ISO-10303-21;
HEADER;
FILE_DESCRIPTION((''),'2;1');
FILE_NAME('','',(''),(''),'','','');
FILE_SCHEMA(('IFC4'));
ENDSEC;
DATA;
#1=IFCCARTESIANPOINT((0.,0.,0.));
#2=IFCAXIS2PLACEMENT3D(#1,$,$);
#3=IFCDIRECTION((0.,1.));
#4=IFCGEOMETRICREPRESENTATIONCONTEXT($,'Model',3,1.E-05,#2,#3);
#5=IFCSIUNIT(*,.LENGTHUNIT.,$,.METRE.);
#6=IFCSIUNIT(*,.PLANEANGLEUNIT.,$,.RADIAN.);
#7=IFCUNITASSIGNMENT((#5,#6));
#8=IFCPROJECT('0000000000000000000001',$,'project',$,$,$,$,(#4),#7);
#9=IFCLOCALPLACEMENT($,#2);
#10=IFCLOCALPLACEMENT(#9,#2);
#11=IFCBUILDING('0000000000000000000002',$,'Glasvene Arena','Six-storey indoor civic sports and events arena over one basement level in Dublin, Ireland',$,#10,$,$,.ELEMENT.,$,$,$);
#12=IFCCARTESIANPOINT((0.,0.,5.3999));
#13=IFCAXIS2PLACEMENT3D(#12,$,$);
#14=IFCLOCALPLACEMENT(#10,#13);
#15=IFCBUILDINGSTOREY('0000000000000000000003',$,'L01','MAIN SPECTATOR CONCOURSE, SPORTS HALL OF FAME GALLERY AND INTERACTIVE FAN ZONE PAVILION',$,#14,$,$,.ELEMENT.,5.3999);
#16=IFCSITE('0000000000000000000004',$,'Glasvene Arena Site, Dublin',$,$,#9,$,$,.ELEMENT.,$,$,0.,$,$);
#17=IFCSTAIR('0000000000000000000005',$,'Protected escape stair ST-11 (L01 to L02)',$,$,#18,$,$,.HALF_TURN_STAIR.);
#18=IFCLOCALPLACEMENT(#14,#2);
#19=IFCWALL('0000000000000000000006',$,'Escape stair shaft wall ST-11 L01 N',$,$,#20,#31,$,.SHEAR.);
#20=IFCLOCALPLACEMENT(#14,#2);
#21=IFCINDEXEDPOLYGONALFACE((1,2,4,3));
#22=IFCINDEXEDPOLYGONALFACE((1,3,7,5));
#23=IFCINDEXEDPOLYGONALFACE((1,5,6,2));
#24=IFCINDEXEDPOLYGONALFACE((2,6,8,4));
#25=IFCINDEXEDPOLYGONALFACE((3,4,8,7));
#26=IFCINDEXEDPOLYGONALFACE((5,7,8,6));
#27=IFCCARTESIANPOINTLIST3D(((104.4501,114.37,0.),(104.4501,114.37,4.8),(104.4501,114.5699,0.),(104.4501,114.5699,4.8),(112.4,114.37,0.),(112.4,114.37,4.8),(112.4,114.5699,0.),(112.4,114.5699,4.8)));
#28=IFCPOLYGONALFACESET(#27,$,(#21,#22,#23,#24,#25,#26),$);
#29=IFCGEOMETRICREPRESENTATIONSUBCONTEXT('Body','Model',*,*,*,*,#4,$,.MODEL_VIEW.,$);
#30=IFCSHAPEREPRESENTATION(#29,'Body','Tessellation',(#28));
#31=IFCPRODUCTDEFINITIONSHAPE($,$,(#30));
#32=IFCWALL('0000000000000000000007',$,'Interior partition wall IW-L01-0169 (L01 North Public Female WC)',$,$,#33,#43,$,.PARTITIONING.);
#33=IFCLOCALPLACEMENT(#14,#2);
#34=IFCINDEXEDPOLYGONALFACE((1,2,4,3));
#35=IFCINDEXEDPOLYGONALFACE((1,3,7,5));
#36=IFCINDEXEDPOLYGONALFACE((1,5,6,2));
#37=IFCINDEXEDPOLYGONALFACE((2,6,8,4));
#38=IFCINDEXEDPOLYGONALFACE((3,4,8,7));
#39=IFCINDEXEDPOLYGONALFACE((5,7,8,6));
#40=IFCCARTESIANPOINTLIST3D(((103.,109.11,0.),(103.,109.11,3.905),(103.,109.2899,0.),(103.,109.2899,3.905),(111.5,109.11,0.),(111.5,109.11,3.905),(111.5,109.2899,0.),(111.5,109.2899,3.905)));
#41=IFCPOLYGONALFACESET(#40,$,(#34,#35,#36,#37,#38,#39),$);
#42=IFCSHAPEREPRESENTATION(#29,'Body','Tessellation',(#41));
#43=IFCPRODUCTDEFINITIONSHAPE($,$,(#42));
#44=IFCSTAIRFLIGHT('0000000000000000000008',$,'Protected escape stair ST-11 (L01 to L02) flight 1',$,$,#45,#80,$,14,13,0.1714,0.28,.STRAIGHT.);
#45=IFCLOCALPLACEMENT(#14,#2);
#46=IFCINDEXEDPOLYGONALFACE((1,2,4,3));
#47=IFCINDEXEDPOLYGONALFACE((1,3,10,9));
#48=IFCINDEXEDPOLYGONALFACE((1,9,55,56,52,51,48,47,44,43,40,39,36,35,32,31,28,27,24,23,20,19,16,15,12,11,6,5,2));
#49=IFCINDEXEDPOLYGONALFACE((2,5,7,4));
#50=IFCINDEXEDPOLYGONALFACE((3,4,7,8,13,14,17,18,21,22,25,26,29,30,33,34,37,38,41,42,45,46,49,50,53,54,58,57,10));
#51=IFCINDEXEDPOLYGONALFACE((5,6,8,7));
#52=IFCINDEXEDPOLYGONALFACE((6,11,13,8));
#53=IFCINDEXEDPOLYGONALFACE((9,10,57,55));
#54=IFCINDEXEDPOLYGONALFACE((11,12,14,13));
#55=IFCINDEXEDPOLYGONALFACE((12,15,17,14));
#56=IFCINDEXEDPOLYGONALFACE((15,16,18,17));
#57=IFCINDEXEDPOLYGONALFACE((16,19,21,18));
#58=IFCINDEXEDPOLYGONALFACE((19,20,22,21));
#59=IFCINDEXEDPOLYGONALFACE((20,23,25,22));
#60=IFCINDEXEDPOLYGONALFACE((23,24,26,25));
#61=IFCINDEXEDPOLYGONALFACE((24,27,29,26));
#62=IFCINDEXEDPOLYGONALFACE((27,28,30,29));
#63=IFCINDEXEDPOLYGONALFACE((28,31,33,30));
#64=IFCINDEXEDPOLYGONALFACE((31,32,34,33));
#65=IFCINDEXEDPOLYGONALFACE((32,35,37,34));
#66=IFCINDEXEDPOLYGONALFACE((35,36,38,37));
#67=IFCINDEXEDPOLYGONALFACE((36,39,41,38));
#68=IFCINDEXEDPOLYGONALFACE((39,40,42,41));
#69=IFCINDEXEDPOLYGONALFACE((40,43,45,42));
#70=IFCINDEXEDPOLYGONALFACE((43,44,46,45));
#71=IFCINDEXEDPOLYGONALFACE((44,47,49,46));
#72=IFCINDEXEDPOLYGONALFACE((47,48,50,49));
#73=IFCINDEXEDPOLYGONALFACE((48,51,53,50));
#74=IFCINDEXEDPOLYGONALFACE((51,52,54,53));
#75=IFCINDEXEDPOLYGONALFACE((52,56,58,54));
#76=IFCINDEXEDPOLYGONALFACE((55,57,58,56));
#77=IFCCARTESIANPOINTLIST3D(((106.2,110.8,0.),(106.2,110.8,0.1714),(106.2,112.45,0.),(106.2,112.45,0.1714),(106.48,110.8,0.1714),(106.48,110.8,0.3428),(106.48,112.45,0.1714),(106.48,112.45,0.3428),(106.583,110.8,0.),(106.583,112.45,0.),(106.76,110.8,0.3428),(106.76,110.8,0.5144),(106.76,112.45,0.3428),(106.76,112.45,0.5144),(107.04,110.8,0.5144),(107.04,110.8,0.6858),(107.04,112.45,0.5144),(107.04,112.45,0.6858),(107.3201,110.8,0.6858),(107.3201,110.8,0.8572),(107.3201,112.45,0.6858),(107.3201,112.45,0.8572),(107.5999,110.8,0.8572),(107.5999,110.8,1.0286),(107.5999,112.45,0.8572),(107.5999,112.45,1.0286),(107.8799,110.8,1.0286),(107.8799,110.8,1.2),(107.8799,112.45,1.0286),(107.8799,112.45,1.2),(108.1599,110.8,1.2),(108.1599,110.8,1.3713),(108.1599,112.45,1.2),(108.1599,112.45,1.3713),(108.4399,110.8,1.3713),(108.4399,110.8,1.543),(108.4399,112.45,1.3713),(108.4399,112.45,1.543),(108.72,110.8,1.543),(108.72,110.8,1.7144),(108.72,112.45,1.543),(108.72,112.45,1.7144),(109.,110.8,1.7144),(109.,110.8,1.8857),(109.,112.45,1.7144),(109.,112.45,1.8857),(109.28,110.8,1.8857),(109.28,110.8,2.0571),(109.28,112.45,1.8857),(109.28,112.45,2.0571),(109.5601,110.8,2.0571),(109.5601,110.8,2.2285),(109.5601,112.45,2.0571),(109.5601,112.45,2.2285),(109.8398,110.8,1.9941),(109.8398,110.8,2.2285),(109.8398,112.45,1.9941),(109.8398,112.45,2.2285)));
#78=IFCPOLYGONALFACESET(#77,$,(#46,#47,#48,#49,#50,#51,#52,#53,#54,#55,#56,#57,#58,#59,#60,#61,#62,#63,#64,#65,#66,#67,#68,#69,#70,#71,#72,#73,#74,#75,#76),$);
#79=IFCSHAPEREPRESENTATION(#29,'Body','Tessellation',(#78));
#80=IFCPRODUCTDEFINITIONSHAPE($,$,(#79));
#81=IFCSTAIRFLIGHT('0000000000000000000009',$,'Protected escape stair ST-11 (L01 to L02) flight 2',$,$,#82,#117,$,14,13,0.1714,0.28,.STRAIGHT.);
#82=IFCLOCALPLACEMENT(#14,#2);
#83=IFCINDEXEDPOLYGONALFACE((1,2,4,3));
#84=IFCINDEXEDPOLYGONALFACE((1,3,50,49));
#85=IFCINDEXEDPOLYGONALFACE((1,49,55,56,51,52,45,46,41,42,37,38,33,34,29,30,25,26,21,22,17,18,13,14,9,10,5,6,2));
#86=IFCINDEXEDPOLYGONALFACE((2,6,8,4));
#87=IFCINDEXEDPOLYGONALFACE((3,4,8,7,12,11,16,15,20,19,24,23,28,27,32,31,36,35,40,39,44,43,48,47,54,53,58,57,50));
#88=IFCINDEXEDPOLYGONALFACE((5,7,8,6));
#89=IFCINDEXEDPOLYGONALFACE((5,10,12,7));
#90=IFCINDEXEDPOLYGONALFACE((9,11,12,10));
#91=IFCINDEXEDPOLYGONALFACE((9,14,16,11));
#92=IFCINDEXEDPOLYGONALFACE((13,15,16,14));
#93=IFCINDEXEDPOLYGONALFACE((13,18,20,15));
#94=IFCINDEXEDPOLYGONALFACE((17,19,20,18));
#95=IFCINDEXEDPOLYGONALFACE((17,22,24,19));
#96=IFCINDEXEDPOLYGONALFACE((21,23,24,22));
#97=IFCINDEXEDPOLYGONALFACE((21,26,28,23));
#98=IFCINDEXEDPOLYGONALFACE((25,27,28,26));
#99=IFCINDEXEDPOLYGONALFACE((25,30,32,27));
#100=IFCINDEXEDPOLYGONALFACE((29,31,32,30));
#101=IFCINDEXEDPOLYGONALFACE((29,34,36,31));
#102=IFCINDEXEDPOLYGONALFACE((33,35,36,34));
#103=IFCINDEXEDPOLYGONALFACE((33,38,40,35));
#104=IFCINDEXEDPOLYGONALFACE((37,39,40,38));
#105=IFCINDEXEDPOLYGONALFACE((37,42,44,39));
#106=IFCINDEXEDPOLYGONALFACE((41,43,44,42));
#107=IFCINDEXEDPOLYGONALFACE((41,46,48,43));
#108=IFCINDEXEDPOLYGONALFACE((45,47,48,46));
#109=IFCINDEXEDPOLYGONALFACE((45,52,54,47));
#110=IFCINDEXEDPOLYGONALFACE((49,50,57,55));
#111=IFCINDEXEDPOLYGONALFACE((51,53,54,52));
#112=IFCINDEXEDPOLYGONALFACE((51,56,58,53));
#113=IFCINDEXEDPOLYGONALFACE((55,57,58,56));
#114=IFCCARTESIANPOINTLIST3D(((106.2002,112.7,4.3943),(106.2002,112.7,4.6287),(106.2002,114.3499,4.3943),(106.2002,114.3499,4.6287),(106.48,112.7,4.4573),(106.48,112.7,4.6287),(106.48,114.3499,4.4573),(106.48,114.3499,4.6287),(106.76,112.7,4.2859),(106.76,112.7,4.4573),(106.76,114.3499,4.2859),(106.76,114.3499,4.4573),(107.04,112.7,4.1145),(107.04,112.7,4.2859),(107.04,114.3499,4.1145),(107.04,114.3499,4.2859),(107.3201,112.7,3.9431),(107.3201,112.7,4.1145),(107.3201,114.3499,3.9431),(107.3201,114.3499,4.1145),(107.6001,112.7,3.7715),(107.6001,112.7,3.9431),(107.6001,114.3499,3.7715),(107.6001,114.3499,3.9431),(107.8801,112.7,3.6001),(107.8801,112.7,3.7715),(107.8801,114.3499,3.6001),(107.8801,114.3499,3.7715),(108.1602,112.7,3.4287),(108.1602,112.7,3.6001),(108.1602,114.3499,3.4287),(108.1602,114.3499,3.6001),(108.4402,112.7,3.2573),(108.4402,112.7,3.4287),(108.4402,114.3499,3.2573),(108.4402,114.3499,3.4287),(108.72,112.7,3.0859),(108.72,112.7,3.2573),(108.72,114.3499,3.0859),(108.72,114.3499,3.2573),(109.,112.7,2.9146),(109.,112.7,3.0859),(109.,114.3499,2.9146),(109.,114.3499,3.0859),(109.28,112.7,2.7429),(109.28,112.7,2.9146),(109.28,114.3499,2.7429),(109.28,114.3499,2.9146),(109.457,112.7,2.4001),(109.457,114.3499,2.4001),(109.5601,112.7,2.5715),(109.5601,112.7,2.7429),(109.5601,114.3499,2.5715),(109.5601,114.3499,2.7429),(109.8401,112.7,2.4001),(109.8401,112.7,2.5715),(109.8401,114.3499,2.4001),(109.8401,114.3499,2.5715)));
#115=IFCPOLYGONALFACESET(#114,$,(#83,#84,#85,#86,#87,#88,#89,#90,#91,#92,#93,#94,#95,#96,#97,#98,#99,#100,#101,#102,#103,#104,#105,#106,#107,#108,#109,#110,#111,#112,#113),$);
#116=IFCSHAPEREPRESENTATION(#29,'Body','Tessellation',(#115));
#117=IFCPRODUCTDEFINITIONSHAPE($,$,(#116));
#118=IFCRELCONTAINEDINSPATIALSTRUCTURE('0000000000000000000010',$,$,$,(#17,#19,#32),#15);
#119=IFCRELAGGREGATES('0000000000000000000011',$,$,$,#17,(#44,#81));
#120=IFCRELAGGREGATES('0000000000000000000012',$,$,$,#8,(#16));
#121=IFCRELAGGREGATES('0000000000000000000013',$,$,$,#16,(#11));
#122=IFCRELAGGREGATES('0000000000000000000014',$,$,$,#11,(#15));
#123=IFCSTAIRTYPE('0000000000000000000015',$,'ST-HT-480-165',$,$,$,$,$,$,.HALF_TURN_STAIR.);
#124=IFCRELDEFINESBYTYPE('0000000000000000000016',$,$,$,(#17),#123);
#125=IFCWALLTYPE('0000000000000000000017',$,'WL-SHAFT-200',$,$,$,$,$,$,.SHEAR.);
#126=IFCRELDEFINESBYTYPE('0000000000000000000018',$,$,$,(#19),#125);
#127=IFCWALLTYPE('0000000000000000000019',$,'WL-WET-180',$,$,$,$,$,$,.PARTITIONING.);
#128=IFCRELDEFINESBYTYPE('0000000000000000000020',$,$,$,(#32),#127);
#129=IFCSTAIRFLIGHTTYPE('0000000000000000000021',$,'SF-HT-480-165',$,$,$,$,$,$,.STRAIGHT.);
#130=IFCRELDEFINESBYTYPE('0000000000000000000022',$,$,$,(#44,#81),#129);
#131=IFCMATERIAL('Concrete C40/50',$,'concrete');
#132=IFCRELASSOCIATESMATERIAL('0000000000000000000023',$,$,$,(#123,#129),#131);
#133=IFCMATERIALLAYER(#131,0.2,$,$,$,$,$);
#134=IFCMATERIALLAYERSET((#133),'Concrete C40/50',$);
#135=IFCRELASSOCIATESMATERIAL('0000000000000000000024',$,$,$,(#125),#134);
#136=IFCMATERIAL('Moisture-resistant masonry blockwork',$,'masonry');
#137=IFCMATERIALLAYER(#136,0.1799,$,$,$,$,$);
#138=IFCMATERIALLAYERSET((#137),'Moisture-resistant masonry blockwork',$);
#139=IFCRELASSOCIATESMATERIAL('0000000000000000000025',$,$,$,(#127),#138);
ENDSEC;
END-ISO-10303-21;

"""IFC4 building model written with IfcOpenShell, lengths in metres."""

from ifc_helpers import new_model, si_unit, direction, frame, frame_2d, origin, place, context, subcontext, project, spatial, polyline, rectangle, outline, extrude, material, layer, layer_set, type_object, element, aggregate, save


model = new_model("IFC4")

# Units and contexts
model_context = context("Model", 3, precision=1e-05, world=origin(), true_north=direction((0.0, 1.0)))
body_context = subcontext(model_context, "Body", "Model", "MODEL_VIEW")
ifc_project = project(units=[si_unit("LENGTHUNIT", "METRE"), si_unit("PLANEANGLEUNIT", "RADIAN")], contexts=[model_context])

# Site, building, storey
site_placement = place(None, origin())
site = spatial("IfcSite", under=ifc_project, at=site_placement, Name="Glasvene Arena Site, Dublin", CompositionType="ELEMENT", RefElevation=0.0)
building_placement = place(site_placement, origin())
building = spatial("IfcBuilding", under=site, at=building_placement, Name="Glasvene Arena", Description="Six-storey indoor civic sports and events arena over one basement level in Dublin, Ireland", CompositionType="ELEMENT")
storey_placement = place(building_placement, frame((0.0, 0.0, 5.3999)))
storey = spatial("IfcBuildingStorey", under=building, at=storey_placement, Name="L01", Description="MAIN SPECTATOR CONCOURSE, SPORTS HALL OF FAME GALLERY AND INTERACTIVE FAN ZONE PAVILION", CompositionType="ELEMENT", Elevation=5.3999)

# Stair
ifc_material_1 = material(Name="Concrete C40/50", Category="concrete")
stair_type = type_object("IfcStairType", Name="ST-HT-480-165", PredefinedType="HALF_TURN_STAIR", material=ifc_material_1)
stair_placement = place(storey_placement, origin())
stair = element("IfcStair", 1, at=stair_placement, inside=storey, type_object=stair_type, Name="Protected escape stair ST-11 (L01 to L02)", PredefinedType="HALF_TURN_STAIR")

# Shared definitions
ifc_layer_1 = layer(ifc_material_1, 0.2)
ifc_layer_set_1 = layer_set([ifc_layer_1], Name="Concrete C40/50")
wall_type_1 = type_object("IfcWallType", Name="WL-SHAFT-200", PredefinedType="SHEAR", material=ifc_layer_set_1)

# Walls
wall_1_placement = place(storey_placement, frame((104.45, 114.47, 0.0), z_axis=(0.0, 0.0, 1.0), x_axis=(1.0, 0.0, 0.0)))
element("IfcWall", 2, at=wall_1_placement, inside=storey, type_object=wall_type_1, Name="Escape stair shaft wall ST-11 L01 N", PredefinedType="SHEAR", context=body_context, shape_type="SweptSolid", body=[
    extrude(rectangle(XDim=7.95, YDim=0.2, at=frame_2d((3.9751, 0.0))), origin(), (0.0, 0.0, 1.0), 4.8),
])
ifc_material_2 = material(Name="Moisture-resistant masonry blockwork", Category="masonry")
ifc_layer_2 = layer(ifc_material_2, 0.1799)
ifc_layer_set_2 = layer_set([ifc_layer_2], Name="Moisture-resistant masonry blockwork")
wall_type_2 = type_object("IfcWallType", Name="WL-WET-180", PredefinedType="PARTITIONING", material=ifc_layer_set_2)
wall_2_placement = place(storey_placement, frame((111.5, 109.2, 0.0), z_axis=(0.0, 0.0, 1.0), x_axis=(-1.0, 0.0, 0.0)))
element("IfcWall", 3, at=wall_2_placement, inside=storey, type_object=wall_type_2, Name="Interior partition wall IW-L01-0169 (L01 North Public Female WC)", PredefinedType="PARTITIONING", context=body_context, shape_type="SweptSolid", body=[
    extrude(rectangle(XDim=8.5, YDim=0.1799, at=frame_2d((4.25, 0.0))), origin(), (0.0, 0.0, 1.0), 3.905),
])

# Stair flights
stair_flight_type = type_object("IfcStairFlightType", Name="SF-HT-480-165", PredefinedType="STRAIGHT", material=ifc_material_1)
stair_flight_1_placement = place(storey_placement, frame((106.2, 111.625, 0.0), z_axis=(0.0, 0.0, 1.0), x_axis=(1.0, 0.0, 0.0)))
stair_flight_1 = element("IfcStairFlight", 4, at=stair_flight_1_placement, type_object=stair_flight_type, Name="Protected escape stair ST-11 (L01 to L02) flight 1", NumberOfRisers=14, NumberOfTreads=13, PredefinedType="STRAIGHT", RiserHeight=0.1714, TreadLength=0.28, context=body_context, shape_type="SweptSolid", body=[
    extrude(outline(polyline([(0.0, 0.0), (0.0, 0.1714), (0.28, 0.1714), (0.28, 0.3428), (0.5601, 0.3428), (0.5601, 0.5144), (0.8401, 0.5144), (0.8401, 0.6858), (1.1201, 0.6858), (1.1201, 0.8572), (1.3999, 0.8572), (1.3999, 1.0286), (1.6799, 1.0286), (1.6799, 1.2), (1.96, 1.2), (1.96, 1.3713), (2.24, 1.3713), (2.24, 1.543), (2.52, 1.543), (2.52, 1.7144), (2.8, 1.7144), (2.8, 1.8857), (3.0801, 1.8857), (3.0801, 2.0571), (3.3601, 2.0571), (3.3601, 2.2285), (3.6399, 2.2285), (3.6399, 2.3999), (3.6399, 1.9941), (0.3831, 0.0), (0.0, 0.0)])), frame((0.0, 0.825, 0.0), z_axis=(0.0, -1.0, 0.0), x_axis=(1.0, 0.0, 0.0)), (0.0, 0.0, 1.0), 1.6499),
])
stair_flight_2_placement = place(storey_placement, frame((109.8401, 113.5249, 2.4001), z_axis=(0.0, 0.0, 1.0), x_axis=(-1.0, 0.0, 0.0)))
stair_flight_2 = element("IfcStairFlight", 5, at=stair_flight_2_placement, type_object=stair_flight_type, Name="Protected escape stair ST-11 (L01 to L02) flight 2", NumberOfRisers=14, NumberOfTreads=13, PredefinedType="STRAIGHT", RiserHeight=0.1714, TreadLength=0.28, context=body_context, shape_type="SweptSolid", body=[
    extrude(outline(polyline([(0.0, 0.0), (0.0, 0.1714), (0.28, 0.1714), (0.28, 0.3428), (0.5601, 0.3428), (0.5601, 0.5144), (0.8401, 0.5144), (0.8401, 0.6858), (1.1201, 0.6858), (1.1201, 0.8572), (1.3999, 0.8572), (1.3999, 1.0286), (1.6799, 1.0286), (1.6799, 1.2), (1.96, 1.2), (1.96, 1.3713), (2.24, 1.3713), (2.24, 1.543), (2.52, 1.543), (2.52, 1.7144), (2.8, 1.7144), (2.8, 1.8857), (3.0801, 1.8857), (3.0801, 2.0571), (3.3601, 2.0571), (3.3601, 2.2285), (3.6399, 2.2285), (3.6399, 2.3999), (3.6399, 1.9941), (0.3831, 0.0), (0.0, 0.0)])), frame((0.0, 0.825, 0.0), z_axis=(0.0, -1.0, 0.0), x_axis=(1.0, 0.0, 0.0)), (0.0, 0.0, 1.0), 1.6499),
])
aggregate(stair, [stair_flight_1, stair_flight_2])

save(model, "model.ifc")
